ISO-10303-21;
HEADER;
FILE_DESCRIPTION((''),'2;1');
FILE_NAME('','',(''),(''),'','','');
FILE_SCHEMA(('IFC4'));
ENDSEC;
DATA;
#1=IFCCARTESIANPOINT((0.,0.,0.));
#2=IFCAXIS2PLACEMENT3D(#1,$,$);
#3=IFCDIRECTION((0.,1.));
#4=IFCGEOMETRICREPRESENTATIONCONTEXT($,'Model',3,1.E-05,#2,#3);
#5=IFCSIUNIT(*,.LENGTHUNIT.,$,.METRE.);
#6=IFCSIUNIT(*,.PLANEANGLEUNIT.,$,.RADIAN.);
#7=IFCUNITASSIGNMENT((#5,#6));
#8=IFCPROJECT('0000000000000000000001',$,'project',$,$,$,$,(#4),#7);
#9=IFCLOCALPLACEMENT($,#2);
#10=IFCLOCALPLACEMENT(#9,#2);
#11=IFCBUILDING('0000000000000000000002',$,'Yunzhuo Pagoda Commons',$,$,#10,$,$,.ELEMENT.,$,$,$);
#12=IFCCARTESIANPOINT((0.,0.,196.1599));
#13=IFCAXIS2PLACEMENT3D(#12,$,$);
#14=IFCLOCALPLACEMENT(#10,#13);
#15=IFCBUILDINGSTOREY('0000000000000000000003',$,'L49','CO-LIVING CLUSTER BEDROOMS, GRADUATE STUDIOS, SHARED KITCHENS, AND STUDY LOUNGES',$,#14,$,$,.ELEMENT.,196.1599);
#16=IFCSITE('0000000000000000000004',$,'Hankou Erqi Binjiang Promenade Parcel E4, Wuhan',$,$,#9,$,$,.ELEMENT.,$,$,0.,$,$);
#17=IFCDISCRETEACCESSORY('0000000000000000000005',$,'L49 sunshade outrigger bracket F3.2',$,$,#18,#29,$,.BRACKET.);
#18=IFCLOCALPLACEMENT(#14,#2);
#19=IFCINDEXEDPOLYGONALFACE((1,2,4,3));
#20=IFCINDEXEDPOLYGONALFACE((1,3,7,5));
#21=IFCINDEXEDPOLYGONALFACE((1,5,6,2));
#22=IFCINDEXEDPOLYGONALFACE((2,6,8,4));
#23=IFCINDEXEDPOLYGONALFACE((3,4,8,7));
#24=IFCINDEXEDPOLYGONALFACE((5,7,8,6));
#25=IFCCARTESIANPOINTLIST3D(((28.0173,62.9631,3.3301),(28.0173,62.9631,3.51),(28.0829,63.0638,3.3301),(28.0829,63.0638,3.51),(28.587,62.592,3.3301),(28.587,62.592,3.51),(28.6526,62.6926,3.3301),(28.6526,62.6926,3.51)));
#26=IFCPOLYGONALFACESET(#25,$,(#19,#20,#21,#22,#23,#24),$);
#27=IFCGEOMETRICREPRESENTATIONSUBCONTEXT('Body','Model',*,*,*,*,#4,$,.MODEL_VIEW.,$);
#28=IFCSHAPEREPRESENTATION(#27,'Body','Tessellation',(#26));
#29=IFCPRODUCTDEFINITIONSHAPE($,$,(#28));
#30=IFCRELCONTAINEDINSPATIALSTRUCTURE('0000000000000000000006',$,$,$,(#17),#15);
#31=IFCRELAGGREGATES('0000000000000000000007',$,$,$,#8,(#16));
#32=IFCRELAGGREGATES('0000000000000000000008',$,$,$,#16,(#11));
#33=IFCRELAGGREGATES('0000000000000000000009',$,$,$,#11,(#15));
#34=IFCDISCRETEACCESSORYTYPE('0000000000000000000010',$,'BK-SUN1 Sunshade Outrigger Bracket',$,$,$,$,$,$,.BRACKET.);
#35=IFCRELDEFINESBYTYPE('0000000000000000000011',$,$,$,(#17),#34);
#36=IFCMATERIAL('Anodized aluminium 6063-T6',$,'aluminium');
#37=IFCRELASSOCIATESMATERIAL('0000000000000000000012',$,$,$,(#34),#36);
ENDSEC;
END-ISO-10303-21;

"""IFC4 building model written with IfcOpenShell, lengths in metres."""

from ifc_helpers import new_model, si_unit, direction, frame, origin, origin_2d, place, context, subcontext, project, spatial, rectangle, extrude, source, transform, mapped, material, type_object, element, save


model = new_model("IFC4")

# Units and contexts
model_context = context("Model", 3, precision=1e-05, world=origin(), true_north=direction((0.0, 1.0)))
body_context = subcontext(model_context, "Body", "Model", "MODEL_VIEW")
ifc_project = project(units=[si_unit("LENGTHUNIT", "METRE"), si_unit("PLANEANGLEUNIT", "RADIAN")], contexts=[model_context])

# Site, building, storey
site_placement = place(None, origin())
site = spatial("IfcSite", under=ifc_project, at=site_placement, Name="Hankou Erqi Binjiang Promenade Parcel E4, Wuhan", CompositionType="ELEMENT", RefElevation=0.0)
building_placement = place(site_placement, origin())
building = spatial("IfcBuilding", under=site, at=building_placement, Name="Yunzhuo Pagoda Commons", CompositionType="ELEMENT")
storey_placement = place(building_placement, frame((0.0, 0.0, 196.1599)))
storey = spatial("IfcBuildingStorey", under=building, at=storey_placement, Name="L49", Description="CO-LIVING CLUSTER BEDROOMS, GRADUATE STUDIOS, SHARED KITCHENS, AND STUDY LOUNGES", CompositionType="ELEMENT", Elevation=196.1599)

# Shared definitions
ifc_material_1 = material(Name="Anodized aluminium 6063-T6", Category="aluminium")

# Discrete accessory
discrete_accessory_type = type_object("IfcDiscreteAccessoryType", Name="BK-SUN1 Sunshade Outrigger Bracket", PredefinedType="BRACKET", material=ifc_material_1)
shared_shape_1 = source(origin(), body_context, "Body", "SweptSolid", [
    extrude(rectangle(XDim=0.1201, YDim=0.6799, at=origin_2d()), origin(), (0.0, 0.0, 1.0), 0.1799),
])
discrete_accessory_placement = place(storey_placement, frame((28.335, 62.8279, 3.3301), z_axis=(0.0, 0.0, 1.0), x_axis=(-0.545839, -0.83789, 0.0)))
element("IfcDiscreteAccessory", 1, at=discrete_accessory_placement, inside=storey, type_object=discrete_accessory_type, Name="L49 sunshade outrigger bracket F3.2", PredefinedType="BRACKET", context=body_context, shape_type="MappedRepresentation", body=[
    mapped(shared_shape_1, transform((0.0, 0.0, 0.0), scale=1.0)),
])

save(model, "model.ifc")
